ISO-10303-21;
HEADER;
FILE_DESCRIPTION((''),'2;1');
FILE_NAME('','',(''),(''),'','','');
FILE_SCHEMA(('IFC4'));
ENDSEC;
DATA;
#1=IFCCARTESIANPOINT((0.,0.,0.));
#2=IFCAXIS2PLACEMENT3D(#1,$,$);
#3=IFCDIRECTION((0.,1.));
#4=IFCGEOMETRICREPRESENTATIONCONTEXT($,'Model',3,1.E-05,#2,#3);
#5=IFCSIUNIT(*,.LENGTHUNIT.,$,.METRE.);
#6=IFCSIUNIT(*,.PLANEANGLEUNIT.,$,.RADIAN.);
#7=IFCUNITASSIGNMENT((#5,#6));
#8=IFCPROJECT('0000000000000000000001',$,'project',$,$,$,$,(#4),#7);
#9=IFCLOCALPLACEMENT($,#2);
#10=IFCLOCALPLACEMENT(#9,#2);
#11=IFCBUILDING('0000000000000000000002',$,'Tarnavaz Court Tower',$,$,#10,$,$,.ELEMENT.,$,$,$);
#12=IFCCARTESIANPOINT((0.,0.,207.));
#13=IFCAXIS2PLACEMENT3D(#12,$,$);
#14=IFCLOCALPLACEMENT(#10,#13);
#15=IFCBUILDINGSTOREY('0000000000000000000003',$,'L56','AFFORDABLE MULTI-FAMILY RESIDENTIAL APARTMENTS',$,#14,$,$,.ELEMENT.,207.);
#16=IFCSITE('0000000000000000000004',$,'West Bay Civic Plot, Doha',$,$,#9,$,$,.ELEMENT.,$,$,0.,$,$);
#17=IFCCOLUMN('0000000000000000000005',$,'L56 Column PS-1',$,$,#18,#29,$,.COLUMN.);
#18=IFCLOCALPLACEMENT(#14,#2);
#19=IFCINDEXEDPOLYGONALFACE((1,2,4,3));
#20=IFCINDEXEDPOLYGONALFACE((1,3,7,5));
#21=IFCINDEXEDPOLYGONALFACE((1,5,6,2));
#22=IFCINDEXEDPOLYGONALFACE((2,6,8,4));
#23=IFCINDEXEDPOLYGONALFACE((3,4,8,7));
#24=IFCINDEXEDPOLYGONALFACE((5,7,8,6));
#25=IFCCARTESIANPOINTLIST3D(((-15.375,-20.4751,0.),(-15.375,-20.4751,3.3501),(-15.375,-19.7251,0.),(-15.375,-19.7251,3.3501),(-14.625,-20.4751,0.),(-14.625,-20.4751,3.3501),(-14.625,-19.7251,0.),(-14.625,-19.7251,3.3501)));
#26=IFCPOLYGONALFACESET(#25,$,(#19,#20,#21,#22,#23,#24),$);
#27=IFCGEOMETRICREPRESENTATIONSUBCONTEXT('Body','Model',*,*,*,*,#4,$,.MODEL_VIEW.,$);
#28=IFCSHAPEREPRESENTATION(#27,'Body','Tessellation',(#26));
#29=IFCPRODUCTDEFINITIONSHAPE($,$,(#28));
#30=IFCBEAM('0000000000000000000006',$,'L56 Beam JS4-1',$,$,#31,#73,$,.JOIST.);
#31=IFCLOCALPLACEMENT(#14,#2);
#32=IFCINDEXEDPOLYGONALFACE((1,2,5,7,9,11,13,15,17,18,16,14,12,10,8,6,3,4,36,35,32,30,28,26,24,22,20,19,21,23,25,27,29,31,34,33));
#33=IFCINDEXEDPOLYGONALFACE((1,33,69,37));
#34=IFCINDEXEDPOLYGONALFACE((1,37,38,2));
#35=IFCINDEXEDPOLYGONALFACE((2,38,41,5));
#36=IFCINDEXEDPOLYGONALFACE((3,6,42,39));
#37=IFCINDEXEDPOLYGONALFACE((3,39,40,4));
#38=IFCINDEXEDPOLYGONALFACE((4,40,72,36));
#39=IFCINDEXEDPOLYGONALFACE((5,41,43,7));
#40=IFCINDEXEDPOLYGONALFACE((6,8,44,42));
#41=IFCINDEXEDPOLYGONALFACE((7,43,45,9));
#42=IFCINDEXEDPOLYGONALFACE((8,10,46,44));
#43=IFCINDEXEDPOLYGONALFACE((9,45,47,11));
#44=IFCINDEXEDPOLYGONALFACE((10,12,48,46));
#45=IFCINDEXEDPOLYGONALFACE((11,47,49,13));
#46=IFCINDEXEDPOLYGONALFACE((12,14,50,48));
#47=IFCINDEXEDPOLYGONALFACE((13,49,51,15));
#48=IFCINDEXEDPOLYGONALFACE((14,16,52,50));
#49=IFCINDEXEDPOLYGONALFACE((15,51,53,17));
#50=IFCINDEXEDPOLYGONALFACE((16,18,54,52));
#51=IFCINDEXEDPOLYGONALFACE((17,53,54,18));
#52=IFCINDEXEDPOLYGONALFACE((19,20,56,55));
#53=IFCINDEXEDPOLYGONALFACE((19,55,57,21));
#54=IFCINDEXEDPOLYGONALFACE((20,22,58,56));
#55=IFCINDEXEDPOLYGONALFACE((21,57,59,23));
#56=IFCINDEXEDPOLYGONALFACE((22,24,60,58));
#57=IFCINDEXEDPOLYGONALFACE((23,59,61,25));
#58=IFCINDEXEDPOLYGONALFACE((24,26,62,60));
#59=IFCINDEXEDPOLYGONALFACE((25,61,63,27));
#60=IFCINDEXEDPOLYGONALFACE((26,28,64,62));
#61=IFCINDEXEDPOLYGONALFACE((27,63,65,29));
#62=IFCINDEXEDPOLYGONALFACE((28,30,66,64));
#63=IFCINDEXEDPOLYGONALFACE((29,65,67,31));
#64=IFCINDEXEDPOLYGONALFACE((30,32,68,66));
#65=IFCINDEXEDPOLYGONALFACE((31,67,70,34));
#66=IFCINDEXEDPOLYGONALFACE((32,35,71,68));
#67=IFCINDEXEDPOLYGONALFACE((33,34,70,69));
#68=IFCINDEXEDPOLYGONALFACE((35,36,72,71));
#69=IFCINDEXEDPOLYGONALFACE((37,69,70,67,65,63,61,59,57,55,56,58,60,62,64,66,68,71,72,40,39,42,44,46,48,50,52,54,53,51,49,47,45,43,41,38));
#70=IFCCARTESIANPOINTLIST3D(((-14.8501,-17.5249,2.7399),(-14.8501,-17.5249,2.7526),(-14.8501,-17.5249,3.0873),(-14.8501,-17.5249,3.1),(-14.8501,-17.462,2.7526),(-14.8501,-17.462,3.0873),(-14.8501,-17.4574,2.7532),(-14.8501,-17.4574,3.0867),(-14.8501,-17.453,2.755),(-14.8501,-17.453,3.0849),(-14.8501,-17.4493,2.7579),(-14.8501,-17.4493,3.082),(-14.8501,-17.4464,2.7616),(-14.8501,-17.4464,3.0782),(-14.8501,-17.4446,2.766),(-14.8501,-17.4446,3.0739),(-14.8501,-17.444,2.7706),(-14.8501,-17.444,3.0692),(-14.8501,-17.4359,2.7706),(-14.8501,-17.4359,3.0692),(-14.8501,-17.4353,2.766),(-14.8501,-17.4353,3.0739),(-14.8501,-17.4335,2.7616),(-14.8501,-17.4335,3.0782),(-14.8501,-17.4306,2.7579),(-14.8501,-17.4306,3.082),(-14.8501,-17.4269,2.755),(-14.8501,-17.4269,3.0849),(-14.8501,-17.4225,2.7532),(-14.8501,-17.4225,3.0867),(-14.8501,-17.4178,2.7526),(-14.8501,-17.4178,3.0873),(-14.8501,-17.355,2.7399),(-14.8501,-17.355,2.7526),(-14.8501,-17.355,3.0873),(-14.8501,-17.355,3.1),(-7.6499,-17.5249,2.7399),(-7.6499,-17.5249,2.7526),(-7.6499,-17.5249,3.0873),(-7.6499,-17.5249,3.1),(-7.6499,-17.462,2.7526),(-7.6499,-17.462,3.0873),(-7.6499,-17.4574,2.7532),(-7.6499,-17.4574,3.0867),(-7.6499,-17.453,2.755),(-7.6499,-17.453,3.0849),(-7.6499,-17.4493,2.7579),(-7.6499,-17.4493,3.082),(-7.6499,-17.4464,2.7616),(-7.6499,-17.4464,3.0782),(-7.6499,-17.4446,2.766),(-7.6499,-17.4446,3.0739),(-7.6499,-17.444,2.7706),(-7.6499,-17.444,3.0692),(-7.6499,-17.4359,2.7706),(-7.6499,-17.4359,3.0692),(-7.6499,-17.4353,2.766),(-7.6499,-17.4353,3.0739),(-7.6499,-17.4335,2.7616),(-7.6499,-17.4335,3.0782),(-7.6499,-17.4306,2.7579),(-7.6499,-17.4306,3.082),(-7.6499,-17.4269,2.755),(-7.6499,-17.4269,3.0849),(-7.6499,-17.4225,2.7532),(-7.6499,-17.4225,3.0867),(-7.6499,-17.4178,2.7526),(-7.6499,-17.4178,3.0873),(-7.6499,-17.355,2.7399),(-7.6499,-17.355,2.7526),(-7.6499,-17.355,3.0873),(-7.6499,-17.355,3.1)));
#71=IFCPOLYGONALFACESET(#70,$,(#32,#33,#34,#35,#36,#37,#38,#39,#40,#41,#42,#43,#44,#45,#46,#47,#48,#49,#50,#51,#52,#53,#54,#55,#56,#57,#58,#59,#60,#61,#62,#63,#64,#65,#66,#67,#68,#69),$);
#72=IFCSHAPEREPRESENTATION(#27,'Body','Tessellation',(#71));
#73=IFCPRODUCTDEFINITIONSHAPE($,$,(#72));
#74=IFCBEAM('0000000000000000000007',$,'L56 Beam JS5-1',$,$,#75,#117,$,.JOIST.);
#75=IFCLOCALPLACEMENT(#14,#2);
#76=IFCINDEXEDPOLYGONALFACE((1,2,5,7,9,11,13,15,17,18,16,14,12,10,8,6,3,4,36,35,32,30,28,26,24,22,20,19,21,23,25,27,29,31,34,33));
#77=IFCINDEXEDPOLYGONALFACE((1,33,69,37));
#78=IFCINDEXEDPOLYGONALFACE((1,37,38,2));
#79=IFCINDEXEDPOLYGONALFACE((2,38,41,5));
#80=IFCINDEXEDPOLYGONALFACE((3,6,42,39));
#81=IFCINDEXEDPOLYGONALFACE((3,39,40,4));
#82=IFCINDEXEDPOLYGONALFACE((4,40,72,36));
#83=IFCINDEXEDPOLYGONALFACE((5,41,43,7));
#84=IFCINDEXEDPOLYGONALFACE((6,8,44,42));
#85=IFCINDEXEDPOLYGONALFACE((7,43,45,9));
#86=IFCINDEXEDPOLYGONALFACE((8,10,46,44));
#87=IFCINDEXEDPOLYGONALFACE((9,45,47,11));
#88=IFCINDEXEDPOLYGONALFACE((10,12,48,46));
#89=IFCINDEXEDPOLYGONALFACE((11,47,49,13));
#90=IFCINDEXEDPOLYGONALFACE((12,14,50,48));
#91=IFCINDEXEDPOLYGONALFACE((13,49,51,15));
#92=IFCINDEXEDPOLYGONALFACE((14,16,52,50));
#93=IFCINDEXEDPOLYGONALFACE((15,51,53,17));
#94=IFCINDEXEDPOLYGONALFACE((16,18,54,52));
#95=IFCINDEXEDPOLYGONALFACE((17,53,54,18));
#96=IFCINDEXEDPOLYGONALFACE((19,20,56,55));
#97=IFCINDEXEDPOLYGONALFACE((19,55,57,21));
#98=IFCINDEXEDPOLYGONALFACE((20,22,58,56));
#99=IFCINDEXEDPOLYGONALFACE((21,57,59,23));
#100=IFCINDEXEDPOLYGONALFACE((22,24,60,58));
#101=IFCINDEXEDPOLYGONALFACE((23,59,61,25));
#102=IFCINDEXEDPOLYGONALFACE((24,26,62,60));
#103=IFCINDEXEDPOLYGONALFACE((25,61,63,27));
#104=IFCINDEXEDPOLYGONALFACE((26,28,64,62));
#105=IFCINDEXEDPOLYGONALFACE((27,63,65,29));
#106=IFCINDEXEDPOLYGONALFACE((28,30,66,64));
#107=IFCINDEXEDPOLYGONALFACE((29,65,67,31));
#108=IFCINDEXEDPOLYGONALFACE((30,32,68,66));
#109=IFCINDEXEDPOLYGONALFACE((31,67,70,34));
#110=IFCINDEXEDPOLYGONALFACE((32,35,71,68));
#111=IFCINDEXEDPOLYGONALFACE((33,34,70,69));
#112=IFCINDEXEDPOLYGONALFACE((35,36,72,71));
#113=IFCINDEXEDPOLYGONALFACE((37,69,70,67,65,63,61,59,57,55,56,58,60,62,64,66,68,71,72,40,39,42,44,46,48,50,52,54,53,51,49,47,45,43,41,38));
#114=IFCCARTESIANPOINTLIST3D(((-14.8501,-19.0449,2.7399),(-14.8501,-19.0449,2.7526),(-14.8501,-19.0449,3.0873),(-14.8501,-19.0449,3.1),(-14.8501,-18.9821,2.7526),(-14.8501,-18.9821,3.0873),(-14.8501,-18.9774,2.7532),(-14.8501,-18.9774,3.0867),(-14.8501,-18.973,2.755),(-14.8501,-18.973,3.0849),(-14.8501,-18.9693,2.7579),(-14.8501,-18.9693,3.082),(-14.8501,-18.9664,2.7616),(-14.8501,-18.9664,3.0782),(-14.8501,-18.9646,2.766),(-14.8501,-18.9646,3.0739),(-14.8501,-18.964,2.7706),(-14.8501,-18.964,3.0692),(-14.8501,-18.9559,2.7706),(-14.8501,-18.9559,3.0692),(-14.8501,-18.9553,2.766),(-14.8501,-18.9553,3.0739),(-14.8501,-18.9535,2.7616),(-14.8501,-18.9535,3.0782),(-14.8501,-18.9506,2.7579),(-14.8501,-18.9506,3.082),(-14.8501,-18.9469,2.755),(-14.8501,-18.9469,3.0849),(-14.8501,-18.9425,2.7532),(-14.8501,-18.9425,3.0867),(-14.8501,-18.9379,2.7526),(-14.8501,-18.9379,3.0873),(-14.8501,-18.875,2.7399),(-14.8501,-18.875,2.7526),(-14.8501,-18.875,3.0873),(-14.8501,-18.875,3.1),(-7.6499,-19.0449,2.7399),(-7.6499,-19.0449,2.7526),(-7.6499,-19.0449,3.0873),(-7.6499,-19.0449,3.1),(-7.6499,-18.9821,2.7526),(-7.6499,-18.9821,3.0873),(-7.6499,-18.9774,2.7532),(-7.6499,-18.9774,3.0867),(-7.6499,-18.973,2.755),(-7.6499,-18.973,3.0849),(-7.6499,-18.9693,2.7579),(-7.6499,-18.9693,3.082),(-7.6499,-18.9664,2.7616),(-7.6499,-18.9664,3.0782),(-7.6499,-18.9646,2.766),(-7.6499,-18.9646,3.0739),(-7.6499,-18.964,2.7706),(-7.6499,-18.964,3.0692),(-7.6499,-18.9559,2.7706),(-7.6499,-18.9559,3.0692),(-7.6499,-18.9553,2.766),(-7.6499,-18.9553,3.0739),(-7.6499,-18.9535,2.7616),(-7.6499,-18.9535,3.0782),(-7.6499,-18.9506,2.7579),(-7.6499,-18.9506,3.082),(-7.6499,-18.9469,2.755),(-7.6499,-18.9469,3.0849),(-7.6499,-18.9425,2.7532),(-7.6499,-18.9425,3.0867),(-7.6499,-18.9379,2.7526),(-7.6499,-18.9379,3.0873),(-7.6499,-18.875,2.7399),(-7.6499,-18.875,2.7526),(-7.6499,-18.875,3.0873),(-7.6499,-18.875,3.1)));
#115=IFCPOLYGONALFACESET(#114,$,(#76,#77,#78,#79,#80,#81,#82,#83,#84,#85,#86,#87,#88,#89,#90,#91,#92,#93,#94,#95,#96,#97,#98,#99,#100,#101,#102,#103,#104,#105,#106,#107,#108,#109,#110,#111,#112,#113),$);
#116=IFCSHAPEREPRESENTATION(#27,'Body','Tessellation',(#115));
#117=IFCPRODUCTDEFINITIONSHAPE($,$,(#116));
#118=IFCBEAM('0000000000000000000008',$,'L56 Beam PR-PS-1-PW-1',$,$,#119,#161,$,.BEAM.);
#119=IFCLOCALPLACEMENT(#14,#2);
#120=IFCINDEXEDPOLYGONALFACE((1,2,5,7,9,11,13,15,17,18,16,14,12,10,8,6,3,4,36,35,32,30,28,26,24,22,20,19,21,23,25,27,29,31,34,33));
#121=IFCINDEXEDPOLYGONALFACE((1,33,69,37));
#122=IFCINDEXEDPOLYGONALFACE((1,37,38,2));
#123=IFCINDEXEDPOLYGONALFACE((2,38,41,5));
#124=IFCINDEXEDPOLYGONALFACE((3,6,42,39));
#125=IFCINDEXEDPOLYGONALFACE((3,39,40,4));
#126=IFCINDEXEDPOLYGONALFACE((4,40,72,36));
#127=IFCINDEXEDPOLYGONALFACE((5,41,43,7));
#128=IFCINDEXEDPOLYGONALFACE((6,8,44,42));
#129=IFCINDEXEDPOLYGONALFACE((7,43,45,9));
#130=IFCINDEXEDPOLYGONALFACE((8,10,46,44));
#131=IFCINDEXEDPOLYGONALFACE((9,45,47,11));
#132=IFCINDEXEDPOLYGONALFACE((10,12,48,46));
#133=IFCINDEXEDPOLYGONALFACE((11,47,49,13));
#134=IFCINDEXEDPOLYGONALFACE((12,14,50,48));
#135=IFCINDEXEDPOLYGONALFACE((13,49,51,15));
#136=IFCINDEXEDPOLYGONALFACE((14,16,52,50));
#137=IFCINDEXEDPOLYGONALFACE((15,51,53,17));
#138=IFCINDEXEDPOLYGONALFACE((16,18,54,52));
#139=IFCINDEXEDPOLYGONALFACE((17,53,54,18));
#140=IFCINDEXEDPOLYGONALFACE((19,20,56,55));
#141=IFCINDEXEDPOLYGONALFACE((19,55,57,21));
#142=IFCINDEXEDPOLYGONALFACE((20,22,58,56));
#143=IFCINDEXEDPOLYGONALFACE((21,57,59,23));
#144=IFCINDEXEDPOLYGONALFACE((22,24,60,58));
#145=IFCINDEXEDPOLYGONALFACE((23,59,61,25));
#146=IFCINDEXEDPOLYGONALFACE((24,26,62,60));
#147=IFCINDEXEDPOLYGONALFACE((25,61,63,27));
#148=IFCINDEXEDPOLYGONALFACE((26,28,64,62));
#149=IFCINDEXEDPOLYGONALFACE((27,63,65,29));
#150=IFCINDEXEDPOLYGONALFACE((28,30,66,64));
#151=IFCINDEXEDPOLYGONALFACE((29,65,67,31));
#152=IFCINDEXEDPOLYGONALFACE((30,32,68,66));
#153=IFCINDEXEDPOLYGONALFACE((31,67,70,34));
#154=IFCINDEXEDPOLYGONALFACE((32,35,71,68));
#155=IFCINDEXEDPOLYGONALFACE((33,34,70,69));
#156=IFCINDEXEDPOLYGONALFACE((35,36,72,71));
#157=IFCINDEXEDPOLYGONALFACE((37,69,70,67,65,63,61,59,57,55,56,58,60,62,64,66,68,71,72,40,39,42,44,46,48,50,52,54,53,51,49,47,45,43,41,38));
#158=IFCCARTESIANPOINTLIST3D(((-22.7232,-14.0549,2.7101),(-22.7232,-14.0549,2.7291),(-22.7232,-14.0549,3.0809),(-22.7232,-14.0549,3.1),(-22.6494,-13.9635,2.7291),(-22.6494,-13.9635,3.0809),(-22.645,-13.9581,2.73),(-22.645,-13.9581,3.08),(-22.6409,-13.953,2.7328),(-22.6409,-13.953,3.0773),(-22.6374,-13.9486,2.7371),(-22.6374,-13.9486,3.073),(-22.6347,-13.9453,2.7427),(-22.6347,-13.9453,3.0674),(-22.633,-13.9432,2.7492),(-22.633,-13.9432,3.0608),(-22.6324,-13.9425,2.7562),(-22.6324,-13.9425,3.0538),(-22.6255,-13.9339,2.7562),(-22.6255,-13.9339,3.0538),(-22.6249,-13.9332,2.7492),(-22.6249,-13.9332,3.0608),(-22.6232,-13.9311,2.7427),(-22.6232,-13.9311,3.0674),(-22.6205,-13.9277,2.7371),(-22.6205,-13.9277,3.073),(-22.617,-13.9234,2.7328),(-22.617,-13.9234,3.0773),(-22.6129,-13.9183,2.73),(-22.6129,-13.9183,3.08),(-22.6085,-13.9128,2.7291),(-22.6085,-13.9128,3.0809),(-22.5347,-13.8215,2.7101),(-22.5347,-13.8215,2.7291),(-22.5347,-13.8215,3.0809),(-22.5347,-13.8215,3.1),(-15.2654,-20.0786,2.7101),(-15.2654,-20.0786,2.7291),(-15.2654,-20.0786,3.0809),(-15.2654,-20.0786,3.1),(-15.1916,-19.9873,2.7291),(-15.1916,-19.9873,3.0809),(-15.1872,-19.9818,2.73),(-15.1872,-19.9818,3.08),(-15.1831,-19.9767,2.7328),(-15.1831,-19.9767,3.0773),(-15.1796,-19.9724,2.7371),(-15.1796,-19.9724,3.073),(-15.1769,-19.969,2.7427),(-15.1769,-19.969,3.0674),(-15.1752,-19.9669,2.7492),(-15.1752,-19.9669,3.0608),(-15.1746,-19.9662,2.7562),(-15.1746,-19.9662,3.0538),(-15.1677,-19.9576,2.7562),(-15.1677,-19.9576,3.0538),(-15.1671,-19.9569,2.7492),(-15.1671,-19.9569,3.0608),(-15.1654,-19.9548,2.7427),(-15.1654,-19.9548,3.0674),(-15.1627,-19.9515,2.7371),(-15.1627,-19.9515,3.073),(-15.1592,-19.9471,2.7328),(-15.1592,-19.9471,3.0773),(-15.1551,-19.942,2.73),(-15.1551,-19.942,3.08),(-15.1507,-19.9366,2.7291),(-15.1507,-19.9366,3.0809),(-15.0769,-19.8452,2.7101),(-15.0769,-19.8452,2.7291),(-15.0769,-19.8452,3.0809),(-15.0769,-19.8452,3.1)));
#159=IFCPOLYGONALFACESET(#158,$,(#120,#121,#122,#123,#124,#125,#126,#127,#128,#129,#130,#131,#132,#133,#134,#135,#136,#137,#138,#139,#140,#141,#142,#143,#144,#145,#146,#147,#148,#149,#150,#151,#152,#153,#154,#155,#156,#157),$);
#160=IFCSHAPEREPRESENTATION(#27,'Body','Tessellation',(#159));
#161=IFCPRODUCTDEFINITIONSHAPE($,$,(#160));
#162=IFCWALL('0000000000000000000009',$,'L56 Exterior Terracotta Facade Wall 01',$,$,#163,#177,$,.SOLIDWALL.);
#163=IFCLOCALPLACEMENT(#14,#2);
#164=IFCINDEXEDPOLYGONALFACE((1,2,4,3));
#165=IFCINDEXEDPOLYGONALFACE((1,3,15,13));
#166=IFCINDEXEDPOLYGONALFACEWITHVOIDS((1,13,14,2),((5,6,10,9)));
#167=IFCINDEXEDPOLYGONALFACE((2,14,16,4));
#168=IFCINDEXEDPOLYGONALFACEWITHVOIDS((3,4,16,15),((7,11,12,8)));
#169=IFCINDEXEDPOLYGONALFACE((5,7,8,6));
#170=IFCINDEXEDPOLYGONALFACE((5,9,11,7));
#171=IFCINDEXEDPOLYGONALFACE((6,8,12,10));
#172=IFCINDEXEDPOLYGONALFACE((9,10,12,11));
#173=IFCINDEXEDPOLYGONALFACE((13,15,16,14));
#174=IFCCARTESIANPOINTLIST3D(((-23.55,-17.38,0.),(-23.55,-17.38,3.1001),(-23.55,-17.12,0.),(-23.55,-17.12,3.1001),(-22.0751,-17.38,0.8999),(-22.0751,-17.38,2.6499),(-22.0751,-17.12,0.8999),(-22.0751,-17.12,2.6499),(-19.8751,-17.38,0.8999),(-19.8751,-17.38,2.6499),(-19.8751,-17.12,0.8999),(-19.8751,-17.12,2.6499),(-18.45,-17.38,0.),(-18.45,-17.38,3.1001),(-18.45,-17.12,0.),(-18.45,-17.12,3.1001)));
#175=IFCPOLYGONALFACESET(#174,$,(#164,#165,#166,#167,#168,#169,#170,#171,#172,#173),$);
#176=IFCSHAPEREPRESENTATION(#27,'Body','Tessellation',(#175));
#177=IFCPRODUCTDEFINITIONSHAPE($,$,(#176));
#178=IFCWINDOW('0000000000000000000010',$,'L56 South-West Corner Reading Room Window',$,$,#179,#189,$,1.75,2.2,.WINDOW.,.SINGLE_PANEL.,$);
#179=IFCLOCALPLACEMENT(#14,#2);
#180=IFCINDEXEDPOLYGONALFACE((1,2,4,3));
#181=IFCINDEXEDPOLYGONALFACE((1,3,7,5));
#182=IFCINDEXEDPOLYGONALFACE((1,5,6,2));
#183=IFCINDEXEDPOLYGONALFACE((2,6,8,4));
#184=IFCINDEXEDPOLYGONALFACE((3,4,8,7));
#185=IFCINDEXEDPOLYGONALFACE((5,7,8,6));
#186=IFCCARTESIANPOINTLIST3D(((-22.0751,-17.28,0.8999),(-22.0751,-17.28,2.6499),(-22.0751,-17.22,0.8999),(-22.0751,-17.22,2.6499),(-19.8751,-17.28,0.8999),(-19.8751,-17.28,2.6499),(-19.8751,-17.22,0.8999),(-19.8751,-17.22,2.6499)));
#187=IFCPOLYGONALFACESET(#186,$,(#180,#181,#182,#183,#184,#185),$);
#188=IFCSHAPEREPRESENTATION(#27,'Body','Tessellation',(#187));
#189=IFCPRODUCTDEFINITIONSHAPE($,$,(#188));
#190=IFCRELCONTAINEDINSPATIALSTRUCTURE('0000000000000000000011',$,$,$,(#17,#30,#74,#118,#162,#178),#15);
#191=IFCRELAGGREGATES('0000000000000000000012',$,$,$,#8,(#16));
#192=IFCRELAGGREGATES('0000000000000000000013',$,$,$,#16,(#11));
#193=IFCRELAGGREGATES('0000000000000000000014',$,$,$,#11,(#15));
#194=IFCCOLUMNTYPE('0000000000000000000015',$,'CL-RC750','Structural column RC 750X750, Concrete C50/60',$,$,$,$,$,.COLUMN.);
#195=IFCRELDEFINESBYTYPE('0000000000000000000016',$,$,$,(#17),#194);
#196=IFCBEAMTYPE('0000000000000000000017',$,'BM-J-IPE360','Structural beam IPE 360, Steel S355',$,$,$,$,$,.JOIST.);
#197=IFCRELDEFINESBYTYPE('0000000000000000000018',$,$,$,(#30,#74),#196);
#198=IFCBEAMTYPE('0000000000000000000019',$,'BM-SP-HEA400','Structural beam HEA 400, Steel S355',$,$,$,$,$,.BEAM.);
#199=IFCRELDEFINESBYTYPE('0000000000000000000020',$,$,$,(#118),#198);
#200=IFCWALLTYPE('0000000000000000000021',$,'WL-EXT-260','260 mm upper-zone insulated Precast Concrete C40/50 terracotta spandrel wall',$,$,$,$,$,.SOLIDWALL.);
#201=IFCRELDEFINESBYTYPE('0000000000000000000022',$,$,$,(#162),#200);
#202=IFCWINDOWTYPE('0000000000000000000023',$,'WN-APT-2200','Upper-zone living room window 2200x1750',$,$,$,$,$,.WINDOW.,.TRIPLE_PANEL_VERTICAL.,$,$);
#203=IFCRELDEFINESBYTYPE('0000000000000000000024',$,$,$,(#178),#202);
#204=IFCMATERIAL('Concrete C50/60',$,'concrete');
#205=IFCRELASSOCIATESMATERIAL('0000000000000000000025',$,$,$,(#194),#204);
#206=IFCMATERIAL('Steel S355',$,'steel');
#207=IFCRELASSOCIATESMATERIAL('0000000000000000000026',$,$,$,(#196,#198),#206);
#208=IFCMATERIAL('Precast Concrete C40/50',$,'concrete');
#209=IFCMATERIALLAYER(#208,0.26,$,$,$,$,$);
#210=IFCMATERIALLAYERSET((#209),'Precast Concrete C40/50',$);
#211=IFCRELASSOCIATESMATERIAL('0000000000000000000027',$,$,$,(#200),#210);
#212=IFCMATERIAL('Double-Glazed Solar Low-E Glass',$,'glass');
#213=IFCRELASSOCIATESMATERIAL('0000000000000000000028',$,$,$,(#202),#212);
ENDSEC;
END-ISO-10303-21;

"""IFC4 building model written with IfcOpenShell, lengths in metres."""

from ifc_helpers import new_model, si_unit, direction, frame, frame_2d, origin, origin_2d, place, context, subcontext, project, spatial, rectangle, i_section, extrude, material, layer, layer_set, material_profile, profile_set, type_object, element, fill, save


model = new_model("IFC4")

# Units and contexts
model_context = context("Model", 3, precision=1e-05, world=origin(), true_north=direction((0.0, 1.0)))
body_context = subcontext(model_context, "Body", "Model", "MODEL_VIEW")
ifc_project = project(units=[si_unit("LENGTHUNIT", "METRE"), si_unit("PLANEANGLEUNIT", "RADIAN")], contexts=[model_context])

# Site, building, storey
site_placement = place(None, origin())
site = spatial("IfcSite", under=ifc_project, at=site_placement, Name="West Bay Civic Plot, Doha", CompositionType="ELEMENT", RefElevation=0.0)
building_placement = place(site_placement, origin())
building = spatial("IfcBuilding", under=site, at=building_placement, Name="Tarnavaz Court Tower", CompositionType="ELEMENT")
storey_placement = place(building_placement, frame((0.0, 0.0, 207.0)))
storey = spatial("IfcBuildingStorey", under=building, at=storey_placement, Name="L56", Description="AFFORDABLE MULTI-FAMILY RESIDENTIAL APARTMENTS", CompositionType="ELEMENT", Elevation=207.0)

# Column
ifc_material_1 = material(Name="Concrete C50/60", Category="concrete")
ifc_material_profile_1 = material_profile(ifc_material_1, rectangle(XDim=0.75, YDim=0.75, at=origin_2d()), Name="RC 750X750")
ifc_profile_set_1 = profile_set([ifc_material_profile_1], Name="Concrete C50/60")
column_type = type_object("IfcColumnType", Name="CL-RC750", Description="Structural column RC 750X750, Concrete C50/60", PredefinedType="COLUMN", material=ifc_profile_set_1)
column_placement = place(storey_placement, frame((-15.0, -20.1001, 0.0), z_axis=(0.0, 0.0, 1.0), x_axis=(1.0, 0.0, 0.0)))
element("IfcColumn", 1, at=column_placement, inside=storey, type_object=column_type, Name="L56 Column PS-1", PredefinedType="COLUMN", context=body_context, shape_type="SweptSolid", body=[
    extrude(rectangle(XDim=0.75, YDim=0.75, at=origin_2d()), origin(), (0.0, 0.0, 1.0), 3.3501),
])

# Beams
ifc_material_2 = material(Name="Steel S355", Category="steel")
ifc_material_profile_2 = material_profile(ifc_material_2, i_section(OverallWidth=0.1699, OverallDepth=0.3601, WebThickness=0.0081, FlangeThickness=0.0127, FilletRadius=0.0181, at=origin_2d()), Name="IPE 360")
ifc_profile_set_2 = profile_set([ifc_material_profile_2], Name="Steel S355")
beam_type_1 = type_object("IfcBeamType", Name="BM-J-IPE360", Description="Structural beam IPE 360, Steel S355", PredefinedType="JOIST", material=ifc_profile_set_2)
for number, where, z_axis, x_axis, name in (
    (2, (-14.8501, -17.4399, 2.9199), (1.0, 0.0, 0.0), (0.0, 1.0, 0.0), "L56 Beam JS4-1"),
    (3, (-14.8501, -18.96, 2.9199), (1.0, 0.0, 0.0), (0.0, 1.0, 0.0), "L56 Beam JS5-1"),
):
    element("IfcBeam", number, at=place(storey_placement, frame(where, z_axis=z_axis, x_axis=x_axis)), inside=storey, type_object=beam_type_1, Name=name, PredefinedType="JOIST", context=body_context, shape_type="SweptSolid", body=[
        extrude(i_section(OverallWidth=0.1699, OverallDepth=0.3601, WebThickness=0.0081, FlangeThickness=0.0127, FilletRadius=0.0181, at=origin_2d()), origin(), (0.0, 0.0, 1.0), 7.2002),
    ])
ifc_material_profile_3 = material_profile(ifc_material_2, i_section(OverallWidth=0.3, OverallDepth=0.3899, WebThickness=0.011, FlangeThickness=0.019, FilletRadius=0.0271, at=origin_2d()), Name="HEA 400")
ifc_profile_set_3 = profile_set([ifc_material_profile_3], Name="Steel S355")
beam_type_2 = type_object("IfcBeamType", Name="BM-SP-HEA400", Description="Structural beam HEA 400, Steel S355", PredefinedType="BEAM", material=ifc_profile_set_3)
beam_placement = place(storey_placement, frame((-15.1711, -19.9619, 2.905), z_axis=(-0.777936, 0.628344, 0.0), x_axis=(-0.628344, -0.777936, 0.0)))
element("IfcBeam", 4, at=beam_placement, inside=storey, type_object=beam_type_2, Name="L56 Beam PR-PS-1-PW-1", PredefinedType="BEAM", context=body_context, shape_type="SweptSolid", body=[
    extrude(i_section(OverallWidth=0.3, OverallDepth=0.3899, WebThickness=0.011, FlangeThickness=0.019, FilletRadius=0.0271, at=origin_2d()), origin(), (0.0, 0.0, 1.0), 9.5867),
])

# Wall, opening, window
ifc_material_3 = material(Name="Precast Concrete C40/50", Category="concrete")
ifc_layer_1 = layer(ifc_material_3, 0.26)
ifc_layer_set_1 = layer_set([ifc_layer_1], Name="Precast Concrete C40/50")
wall_type_1 = type_object("IfcWallType", Name="WL-EXT-260", Description="260 mm upper-zone insulated Precast Concrete C40/50 terracotta spandrel wall", PredefinedType="SOLIDWALL", material=ifc_layer_set_1)
wall_1_placement = place(storey_placement, frame((-18.45, -17.25, 0.0), z_axis=(0.0, 0.0, 1.0), x_axis=(-1.0, 0.0, 0.0)))
wall_1 = element("IfcWall", 5, at=wall_1_placement, inside=storey, type_object=wall_type_1, Name="L56 Exterior Terracotta Facade Wall 01", PredefinedType="SOLIDWALL", context=body_context, shape_type="SweptSolid", body=[
    extrude(rectangle(XDim=5.1001, YDim=0.26, at=frame_2d((2.55, 0.0))), origin(), (0.0, 0.0, 1.0), 3.1001),
])
opening_1_placement = place(wall_1_placement, frame((1.425, 0.0, 0.8999)))
opening_1 = element("IfcOpeningElement", 6, at=opening_1_placement, cuts=wall_1, PredefinedType="OPENING", context=body_context, shape_type="SweptSolid", body=[
    extrude(rectangle(XDim=2.2, YDim=1.75, at=frame_2d((1.1001, 0.875))), frame((0.0, 0.1399, 0.0), z_axis=(0.0, -1.0, 0.0), x_axis=(1.0, 0.0, 0.0)), (0.0, 0.0, 1.0), 0.28),
])
ifc_material_4 = material(Name="Double-Glazed Solar Low-E Glass", Category="glass")
window_type_1 = type_object("IfcWindowType", Name="WN-APT-2200", Description="Upper-zone living room window 2200x1750", PartitioningType="TRIPLE_PANEL_VERTICAL", PredefinedType="WINDOW", material=ifc_material_4)
window_1_placement = place(opening_1_placement, origin())
window_1 = element("IfcWindow", 7, at=window_1_placement, inside=storey, type_object=window_type_1, Name="L56 South-West Corner Reading Room Window", OverallHeight=1.75, OverallWidth=2.2, PartitioningType="SINGLE_PANEL", PredefinedType="WINDOW", context=body_context, shape_type="SweptSolid", body=[
    extrude(rectangle(XDim=2.2, YDim=1.75, at=frame_2d((1.1001, 0.875))), frame((0.0, 0.03, 0.0), z_axis=(0.0, -1.0, 0.0), x_axis=(1.0, 0.0, 0.0)), (0.0, 0.0, 1.0), 0.0601),
])
fill(opening_1, window_1)

save(model, "model.ifc")
